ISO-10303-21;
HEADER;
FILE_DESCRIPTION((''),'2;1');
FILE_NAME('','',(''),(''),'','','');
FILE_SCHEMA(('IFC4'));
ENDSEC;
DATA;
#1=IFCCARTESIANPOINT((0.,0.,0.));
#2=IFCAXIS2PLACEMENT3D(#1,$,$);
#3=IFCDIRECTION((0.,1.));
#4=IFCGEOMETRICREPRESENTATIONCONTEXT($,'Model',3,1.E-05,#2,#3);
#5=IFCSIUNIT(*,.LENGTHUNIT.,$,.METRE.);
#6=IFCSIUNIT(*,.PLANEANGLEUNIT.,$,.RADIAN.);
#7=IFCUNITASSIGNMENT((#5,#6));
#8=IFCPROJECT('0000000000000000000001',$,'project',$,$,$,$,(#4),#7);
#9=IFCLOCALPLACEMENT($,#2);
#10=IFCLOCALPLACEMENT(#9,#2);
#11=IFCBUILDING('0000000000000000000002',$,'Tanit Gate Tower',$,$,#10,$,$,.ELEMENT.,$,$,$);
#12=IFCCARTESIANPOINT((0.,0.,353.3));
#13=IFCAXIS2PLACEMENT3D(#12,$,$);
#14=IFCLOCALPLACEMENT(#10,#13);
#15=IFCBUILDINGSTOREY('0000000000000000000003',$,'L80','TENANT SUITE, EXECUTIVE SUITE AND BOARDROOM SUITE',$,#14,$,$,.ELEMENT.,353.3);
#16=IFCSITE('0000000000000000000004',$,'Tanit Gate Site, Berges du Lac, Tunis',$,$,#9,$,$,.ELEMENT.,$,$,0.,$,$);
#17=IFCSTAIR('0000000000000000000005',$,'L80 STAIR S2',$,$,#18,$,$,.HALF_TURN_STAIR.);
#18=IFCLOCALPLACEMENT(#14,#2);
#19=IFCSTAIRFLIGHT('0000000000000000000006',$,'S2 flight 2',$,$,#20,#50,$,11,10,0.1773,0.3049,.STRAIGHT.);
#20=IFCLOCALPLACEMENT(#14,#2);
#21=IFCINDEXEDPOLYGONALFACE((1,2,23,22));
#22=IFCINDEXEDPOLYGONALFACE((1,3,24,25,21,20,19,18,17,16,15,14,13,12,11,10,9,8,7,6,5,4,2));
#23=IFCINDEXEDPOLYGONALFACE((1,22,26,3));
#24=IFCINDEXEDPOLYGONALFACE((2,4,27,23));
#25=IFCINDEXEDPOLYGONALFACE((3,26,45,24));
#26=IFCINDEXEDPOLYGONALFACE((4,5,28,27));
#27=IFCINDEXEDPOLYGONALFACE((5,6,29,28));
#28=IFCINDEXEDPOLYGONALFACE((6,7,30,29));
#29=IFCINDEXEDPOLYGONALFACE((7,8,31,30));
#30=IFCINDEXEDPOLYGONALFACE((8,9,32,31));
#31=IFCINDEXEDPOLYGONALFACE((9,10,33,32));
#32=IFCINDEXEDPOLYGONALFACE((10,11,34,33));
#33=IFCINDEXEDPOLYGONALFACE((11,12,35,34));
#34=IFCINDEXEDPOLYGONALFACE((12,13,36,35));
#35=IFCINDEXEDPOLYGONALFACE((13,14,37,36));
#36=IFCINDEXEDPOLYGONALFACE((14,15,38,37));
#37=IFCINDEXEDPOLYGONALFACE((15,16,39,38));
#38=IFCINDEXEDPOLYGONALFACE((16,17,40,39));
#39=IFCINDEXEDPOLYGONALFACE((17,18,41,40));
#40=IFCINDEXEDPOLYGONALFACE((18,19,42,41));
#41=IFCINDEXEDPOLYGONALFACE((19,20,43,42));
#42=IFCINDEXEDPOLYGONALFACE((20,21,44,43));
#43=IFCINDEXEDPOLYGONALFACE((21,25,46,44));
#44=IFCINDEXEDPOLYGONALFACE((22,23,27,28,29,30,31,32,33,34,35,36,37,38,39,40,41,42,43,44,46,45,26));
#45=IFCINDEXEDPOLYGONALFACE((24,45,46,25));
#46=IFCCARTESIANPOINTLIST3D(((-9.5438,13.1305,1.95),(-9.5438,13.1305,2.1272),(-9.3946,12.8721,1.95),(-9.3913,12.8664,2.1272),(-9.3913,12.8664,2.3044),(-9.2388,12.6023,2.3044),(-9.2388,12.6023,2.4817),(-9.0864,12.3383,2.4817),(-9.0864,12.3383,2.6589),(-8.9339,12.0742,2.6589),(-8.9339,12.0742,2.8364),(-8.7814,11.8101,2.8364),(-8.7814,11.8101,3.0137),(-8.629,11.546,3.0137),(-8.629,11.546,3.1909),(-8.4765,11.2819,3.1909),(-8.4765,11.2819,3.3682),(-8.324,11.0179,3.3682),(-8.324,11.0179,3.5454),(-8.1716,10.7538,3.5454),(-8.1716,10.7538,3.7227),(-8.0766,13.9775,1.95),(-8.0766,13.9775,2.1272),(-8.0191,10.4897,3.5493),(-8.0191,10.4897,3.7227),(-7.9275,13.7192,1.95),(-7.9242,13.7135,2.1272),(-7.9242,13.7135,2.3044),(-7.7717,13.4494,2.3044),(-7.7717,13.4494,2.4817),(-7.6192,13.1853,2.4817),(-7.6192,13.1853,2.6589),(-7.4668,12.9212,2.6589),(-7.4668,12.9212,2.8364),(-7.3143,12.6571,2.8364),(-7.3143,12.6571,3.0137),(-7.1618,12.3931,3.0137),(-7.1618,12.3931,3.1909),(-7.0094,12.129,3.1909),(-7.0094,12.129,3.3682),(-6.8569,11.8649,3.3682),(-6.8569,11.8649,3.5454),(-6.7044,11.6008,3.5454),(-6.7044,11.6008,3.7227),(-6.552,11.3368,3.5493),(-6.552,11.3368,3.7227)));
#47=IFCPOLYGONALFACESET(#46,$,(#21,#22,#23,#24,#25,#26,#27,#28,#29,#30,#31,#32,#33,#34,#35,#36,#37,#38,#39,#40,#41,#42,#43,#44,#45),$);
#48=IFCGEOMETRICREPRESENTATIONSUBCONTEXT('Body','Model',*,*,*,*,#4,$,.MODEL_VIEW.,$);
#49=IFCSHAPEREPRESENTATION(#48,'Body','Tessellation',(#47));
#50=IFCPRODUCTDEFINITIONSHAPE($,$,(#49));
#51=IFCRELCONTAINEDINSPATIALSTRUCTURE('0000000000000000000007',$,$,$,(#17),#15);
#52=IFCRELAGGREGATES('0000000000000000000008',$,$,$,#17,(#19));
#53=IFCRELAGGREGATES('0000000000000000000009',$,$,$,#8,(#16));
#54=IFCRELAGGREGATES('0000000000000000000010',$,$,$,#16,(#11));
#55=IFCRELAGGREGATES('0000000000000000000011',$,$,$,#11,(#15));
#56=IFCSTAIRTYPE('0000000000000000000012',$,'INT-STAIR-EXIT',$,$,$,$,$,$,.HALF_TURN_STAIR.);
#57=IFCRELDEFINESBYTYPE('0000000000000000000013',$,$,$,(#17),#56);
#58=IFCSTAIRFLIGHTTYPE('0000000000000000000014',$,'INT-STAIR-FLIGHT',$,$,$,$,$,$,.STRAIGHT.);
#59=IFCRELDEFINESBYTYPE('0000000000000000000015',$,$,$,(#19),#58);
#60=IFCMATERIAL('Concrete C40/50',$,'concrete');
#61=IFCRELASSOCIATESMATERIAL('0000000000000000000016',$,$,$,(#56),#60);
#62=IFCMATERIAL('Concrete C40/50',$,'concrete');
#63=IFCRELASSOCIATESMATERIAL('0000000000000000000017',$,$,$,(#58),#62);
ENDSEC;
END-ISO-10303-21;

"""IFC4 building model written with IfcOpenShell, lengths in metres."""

from ifc_helpers import new_model, si_unit, direction, frame, origin, place, context, subcontext, project, spatial, polyline, outline, extrude, material, type_object, element, aggregate, save


model = new_model("IFC4")

# Units and contexts
model_context = context("Model", 3, precision=1e-05, world=origin(), true_north=direction((0.0, 1.0)))
body_context = subcontext(model_context, "Body", "Model", "MODEL_VIEW")
ifc_project = project(units=[si_unit("LENGTHUNIT", "METRE"), si_unit("PLANEANGLEUNIT", "RADIAN")], contexts=[model_context])

# Site, building, storey
site_placement = place(None, origin())
site = spatial("IfcSite", under=ifc_project, at=site_placement, Name="Tanit Gate Site, Berges du Lac, Tunis", CompositionType="ELEMENT", RefElevation=0.0)
building_placement = place(site_placement, origin())
building = spatial("IfcBuilding", under=site, at=building_placement, Name="Tanit Gate Tower", CompositionType="ELEMENT")
storey_placement = place(building_placement, frame((0.0, 0.0, 353.3)))
storey = spatial("IfcBuildingStorey", under=building, at=storey_placement, Name="L80", Description="TENANT SUITE, EXECUTIVE SUITE AND BOARDROOM SUITE", CompositionType="ELEMENT", Elevation=353.3)

# Stair, stair flight
ifc_material_1 = material(Name="Concrete C40/50", Category="concrete")
stair_type = type_object("IfcStairType", Name="INT-STAIR-EXIT", PredefinedType="HALF_TURN_STAIR", material=ifc_material_1)
stair_placement = place(storey_placement, origin())
stair = element("IfcStair", 1, at=stair_placement, inside=storey, type_object=stair_type, Name="L80 STAIR S2", PredefinedType="HALF_TURN_STAIR")
ifc_material_2 = material(Name="Concrete C40/50", Category="concrete")
stair_flight_type = type_object("IfcStairFlightType", Name="INT-STAIR-FLIGHT", PredefinedType="STRAIGHT", material=ifc_material_2)
stair_flight_placement = place(storey_placement, frame((-8.8103, 13.554, 1.95), z_axis=(0.0, 0.0, 1.0), x_axis=(0.5, -0.866025, 0.0)))
stair_flight = element("IfcStairFlight", 2, at=stair_flight_placement, type_object=stair_flight_type, Name="S2 flight 2", NumberOfRisers=11, NumberOfTreads=10, PredefinedType="STRAIGHT", RiserHeight=0.1773, TreadLength=0.3049, context=body_context, shape_type="SweptSolid", body=[
    extrude(outline(polyline([(0.0, 0.0), (0.0, 0.1772), (0.3049, 0.1772), (0.3049, 0.3545), (0.6099, 0.3545), (0.6099, 0.5317), (0.9148, 0.5317), (0.9148, 0.709), (1.2197, 0.709), (1.2197, 0.8865), (1.5247, 0.8865), (1.5247, 1.0637), (1.8296, 1.0637), (1.8296, 1.241), (2.1345, 1.241), (2.1345, 1.4182), (2.4395, 1.4182), (2.4395, 1.5955), (2.7444, 1.5955), (2.7444, 1.7727), (3.0493, 1.7727), (3.0493, 1.95), (3.0493, 1.5994), (0.2983, 0.0), (0.0, 0.0)])), frame((0.0, 0.8472, 0.0), z_axis=(0.0, -1.0, 0.0), x_axis=(1.0, 0.0, 0.0)), (0.0, 0.0, 1.0), 1.6941),
])
aggregate(stair, [stair_flight])

save(model, "model.ifc")
